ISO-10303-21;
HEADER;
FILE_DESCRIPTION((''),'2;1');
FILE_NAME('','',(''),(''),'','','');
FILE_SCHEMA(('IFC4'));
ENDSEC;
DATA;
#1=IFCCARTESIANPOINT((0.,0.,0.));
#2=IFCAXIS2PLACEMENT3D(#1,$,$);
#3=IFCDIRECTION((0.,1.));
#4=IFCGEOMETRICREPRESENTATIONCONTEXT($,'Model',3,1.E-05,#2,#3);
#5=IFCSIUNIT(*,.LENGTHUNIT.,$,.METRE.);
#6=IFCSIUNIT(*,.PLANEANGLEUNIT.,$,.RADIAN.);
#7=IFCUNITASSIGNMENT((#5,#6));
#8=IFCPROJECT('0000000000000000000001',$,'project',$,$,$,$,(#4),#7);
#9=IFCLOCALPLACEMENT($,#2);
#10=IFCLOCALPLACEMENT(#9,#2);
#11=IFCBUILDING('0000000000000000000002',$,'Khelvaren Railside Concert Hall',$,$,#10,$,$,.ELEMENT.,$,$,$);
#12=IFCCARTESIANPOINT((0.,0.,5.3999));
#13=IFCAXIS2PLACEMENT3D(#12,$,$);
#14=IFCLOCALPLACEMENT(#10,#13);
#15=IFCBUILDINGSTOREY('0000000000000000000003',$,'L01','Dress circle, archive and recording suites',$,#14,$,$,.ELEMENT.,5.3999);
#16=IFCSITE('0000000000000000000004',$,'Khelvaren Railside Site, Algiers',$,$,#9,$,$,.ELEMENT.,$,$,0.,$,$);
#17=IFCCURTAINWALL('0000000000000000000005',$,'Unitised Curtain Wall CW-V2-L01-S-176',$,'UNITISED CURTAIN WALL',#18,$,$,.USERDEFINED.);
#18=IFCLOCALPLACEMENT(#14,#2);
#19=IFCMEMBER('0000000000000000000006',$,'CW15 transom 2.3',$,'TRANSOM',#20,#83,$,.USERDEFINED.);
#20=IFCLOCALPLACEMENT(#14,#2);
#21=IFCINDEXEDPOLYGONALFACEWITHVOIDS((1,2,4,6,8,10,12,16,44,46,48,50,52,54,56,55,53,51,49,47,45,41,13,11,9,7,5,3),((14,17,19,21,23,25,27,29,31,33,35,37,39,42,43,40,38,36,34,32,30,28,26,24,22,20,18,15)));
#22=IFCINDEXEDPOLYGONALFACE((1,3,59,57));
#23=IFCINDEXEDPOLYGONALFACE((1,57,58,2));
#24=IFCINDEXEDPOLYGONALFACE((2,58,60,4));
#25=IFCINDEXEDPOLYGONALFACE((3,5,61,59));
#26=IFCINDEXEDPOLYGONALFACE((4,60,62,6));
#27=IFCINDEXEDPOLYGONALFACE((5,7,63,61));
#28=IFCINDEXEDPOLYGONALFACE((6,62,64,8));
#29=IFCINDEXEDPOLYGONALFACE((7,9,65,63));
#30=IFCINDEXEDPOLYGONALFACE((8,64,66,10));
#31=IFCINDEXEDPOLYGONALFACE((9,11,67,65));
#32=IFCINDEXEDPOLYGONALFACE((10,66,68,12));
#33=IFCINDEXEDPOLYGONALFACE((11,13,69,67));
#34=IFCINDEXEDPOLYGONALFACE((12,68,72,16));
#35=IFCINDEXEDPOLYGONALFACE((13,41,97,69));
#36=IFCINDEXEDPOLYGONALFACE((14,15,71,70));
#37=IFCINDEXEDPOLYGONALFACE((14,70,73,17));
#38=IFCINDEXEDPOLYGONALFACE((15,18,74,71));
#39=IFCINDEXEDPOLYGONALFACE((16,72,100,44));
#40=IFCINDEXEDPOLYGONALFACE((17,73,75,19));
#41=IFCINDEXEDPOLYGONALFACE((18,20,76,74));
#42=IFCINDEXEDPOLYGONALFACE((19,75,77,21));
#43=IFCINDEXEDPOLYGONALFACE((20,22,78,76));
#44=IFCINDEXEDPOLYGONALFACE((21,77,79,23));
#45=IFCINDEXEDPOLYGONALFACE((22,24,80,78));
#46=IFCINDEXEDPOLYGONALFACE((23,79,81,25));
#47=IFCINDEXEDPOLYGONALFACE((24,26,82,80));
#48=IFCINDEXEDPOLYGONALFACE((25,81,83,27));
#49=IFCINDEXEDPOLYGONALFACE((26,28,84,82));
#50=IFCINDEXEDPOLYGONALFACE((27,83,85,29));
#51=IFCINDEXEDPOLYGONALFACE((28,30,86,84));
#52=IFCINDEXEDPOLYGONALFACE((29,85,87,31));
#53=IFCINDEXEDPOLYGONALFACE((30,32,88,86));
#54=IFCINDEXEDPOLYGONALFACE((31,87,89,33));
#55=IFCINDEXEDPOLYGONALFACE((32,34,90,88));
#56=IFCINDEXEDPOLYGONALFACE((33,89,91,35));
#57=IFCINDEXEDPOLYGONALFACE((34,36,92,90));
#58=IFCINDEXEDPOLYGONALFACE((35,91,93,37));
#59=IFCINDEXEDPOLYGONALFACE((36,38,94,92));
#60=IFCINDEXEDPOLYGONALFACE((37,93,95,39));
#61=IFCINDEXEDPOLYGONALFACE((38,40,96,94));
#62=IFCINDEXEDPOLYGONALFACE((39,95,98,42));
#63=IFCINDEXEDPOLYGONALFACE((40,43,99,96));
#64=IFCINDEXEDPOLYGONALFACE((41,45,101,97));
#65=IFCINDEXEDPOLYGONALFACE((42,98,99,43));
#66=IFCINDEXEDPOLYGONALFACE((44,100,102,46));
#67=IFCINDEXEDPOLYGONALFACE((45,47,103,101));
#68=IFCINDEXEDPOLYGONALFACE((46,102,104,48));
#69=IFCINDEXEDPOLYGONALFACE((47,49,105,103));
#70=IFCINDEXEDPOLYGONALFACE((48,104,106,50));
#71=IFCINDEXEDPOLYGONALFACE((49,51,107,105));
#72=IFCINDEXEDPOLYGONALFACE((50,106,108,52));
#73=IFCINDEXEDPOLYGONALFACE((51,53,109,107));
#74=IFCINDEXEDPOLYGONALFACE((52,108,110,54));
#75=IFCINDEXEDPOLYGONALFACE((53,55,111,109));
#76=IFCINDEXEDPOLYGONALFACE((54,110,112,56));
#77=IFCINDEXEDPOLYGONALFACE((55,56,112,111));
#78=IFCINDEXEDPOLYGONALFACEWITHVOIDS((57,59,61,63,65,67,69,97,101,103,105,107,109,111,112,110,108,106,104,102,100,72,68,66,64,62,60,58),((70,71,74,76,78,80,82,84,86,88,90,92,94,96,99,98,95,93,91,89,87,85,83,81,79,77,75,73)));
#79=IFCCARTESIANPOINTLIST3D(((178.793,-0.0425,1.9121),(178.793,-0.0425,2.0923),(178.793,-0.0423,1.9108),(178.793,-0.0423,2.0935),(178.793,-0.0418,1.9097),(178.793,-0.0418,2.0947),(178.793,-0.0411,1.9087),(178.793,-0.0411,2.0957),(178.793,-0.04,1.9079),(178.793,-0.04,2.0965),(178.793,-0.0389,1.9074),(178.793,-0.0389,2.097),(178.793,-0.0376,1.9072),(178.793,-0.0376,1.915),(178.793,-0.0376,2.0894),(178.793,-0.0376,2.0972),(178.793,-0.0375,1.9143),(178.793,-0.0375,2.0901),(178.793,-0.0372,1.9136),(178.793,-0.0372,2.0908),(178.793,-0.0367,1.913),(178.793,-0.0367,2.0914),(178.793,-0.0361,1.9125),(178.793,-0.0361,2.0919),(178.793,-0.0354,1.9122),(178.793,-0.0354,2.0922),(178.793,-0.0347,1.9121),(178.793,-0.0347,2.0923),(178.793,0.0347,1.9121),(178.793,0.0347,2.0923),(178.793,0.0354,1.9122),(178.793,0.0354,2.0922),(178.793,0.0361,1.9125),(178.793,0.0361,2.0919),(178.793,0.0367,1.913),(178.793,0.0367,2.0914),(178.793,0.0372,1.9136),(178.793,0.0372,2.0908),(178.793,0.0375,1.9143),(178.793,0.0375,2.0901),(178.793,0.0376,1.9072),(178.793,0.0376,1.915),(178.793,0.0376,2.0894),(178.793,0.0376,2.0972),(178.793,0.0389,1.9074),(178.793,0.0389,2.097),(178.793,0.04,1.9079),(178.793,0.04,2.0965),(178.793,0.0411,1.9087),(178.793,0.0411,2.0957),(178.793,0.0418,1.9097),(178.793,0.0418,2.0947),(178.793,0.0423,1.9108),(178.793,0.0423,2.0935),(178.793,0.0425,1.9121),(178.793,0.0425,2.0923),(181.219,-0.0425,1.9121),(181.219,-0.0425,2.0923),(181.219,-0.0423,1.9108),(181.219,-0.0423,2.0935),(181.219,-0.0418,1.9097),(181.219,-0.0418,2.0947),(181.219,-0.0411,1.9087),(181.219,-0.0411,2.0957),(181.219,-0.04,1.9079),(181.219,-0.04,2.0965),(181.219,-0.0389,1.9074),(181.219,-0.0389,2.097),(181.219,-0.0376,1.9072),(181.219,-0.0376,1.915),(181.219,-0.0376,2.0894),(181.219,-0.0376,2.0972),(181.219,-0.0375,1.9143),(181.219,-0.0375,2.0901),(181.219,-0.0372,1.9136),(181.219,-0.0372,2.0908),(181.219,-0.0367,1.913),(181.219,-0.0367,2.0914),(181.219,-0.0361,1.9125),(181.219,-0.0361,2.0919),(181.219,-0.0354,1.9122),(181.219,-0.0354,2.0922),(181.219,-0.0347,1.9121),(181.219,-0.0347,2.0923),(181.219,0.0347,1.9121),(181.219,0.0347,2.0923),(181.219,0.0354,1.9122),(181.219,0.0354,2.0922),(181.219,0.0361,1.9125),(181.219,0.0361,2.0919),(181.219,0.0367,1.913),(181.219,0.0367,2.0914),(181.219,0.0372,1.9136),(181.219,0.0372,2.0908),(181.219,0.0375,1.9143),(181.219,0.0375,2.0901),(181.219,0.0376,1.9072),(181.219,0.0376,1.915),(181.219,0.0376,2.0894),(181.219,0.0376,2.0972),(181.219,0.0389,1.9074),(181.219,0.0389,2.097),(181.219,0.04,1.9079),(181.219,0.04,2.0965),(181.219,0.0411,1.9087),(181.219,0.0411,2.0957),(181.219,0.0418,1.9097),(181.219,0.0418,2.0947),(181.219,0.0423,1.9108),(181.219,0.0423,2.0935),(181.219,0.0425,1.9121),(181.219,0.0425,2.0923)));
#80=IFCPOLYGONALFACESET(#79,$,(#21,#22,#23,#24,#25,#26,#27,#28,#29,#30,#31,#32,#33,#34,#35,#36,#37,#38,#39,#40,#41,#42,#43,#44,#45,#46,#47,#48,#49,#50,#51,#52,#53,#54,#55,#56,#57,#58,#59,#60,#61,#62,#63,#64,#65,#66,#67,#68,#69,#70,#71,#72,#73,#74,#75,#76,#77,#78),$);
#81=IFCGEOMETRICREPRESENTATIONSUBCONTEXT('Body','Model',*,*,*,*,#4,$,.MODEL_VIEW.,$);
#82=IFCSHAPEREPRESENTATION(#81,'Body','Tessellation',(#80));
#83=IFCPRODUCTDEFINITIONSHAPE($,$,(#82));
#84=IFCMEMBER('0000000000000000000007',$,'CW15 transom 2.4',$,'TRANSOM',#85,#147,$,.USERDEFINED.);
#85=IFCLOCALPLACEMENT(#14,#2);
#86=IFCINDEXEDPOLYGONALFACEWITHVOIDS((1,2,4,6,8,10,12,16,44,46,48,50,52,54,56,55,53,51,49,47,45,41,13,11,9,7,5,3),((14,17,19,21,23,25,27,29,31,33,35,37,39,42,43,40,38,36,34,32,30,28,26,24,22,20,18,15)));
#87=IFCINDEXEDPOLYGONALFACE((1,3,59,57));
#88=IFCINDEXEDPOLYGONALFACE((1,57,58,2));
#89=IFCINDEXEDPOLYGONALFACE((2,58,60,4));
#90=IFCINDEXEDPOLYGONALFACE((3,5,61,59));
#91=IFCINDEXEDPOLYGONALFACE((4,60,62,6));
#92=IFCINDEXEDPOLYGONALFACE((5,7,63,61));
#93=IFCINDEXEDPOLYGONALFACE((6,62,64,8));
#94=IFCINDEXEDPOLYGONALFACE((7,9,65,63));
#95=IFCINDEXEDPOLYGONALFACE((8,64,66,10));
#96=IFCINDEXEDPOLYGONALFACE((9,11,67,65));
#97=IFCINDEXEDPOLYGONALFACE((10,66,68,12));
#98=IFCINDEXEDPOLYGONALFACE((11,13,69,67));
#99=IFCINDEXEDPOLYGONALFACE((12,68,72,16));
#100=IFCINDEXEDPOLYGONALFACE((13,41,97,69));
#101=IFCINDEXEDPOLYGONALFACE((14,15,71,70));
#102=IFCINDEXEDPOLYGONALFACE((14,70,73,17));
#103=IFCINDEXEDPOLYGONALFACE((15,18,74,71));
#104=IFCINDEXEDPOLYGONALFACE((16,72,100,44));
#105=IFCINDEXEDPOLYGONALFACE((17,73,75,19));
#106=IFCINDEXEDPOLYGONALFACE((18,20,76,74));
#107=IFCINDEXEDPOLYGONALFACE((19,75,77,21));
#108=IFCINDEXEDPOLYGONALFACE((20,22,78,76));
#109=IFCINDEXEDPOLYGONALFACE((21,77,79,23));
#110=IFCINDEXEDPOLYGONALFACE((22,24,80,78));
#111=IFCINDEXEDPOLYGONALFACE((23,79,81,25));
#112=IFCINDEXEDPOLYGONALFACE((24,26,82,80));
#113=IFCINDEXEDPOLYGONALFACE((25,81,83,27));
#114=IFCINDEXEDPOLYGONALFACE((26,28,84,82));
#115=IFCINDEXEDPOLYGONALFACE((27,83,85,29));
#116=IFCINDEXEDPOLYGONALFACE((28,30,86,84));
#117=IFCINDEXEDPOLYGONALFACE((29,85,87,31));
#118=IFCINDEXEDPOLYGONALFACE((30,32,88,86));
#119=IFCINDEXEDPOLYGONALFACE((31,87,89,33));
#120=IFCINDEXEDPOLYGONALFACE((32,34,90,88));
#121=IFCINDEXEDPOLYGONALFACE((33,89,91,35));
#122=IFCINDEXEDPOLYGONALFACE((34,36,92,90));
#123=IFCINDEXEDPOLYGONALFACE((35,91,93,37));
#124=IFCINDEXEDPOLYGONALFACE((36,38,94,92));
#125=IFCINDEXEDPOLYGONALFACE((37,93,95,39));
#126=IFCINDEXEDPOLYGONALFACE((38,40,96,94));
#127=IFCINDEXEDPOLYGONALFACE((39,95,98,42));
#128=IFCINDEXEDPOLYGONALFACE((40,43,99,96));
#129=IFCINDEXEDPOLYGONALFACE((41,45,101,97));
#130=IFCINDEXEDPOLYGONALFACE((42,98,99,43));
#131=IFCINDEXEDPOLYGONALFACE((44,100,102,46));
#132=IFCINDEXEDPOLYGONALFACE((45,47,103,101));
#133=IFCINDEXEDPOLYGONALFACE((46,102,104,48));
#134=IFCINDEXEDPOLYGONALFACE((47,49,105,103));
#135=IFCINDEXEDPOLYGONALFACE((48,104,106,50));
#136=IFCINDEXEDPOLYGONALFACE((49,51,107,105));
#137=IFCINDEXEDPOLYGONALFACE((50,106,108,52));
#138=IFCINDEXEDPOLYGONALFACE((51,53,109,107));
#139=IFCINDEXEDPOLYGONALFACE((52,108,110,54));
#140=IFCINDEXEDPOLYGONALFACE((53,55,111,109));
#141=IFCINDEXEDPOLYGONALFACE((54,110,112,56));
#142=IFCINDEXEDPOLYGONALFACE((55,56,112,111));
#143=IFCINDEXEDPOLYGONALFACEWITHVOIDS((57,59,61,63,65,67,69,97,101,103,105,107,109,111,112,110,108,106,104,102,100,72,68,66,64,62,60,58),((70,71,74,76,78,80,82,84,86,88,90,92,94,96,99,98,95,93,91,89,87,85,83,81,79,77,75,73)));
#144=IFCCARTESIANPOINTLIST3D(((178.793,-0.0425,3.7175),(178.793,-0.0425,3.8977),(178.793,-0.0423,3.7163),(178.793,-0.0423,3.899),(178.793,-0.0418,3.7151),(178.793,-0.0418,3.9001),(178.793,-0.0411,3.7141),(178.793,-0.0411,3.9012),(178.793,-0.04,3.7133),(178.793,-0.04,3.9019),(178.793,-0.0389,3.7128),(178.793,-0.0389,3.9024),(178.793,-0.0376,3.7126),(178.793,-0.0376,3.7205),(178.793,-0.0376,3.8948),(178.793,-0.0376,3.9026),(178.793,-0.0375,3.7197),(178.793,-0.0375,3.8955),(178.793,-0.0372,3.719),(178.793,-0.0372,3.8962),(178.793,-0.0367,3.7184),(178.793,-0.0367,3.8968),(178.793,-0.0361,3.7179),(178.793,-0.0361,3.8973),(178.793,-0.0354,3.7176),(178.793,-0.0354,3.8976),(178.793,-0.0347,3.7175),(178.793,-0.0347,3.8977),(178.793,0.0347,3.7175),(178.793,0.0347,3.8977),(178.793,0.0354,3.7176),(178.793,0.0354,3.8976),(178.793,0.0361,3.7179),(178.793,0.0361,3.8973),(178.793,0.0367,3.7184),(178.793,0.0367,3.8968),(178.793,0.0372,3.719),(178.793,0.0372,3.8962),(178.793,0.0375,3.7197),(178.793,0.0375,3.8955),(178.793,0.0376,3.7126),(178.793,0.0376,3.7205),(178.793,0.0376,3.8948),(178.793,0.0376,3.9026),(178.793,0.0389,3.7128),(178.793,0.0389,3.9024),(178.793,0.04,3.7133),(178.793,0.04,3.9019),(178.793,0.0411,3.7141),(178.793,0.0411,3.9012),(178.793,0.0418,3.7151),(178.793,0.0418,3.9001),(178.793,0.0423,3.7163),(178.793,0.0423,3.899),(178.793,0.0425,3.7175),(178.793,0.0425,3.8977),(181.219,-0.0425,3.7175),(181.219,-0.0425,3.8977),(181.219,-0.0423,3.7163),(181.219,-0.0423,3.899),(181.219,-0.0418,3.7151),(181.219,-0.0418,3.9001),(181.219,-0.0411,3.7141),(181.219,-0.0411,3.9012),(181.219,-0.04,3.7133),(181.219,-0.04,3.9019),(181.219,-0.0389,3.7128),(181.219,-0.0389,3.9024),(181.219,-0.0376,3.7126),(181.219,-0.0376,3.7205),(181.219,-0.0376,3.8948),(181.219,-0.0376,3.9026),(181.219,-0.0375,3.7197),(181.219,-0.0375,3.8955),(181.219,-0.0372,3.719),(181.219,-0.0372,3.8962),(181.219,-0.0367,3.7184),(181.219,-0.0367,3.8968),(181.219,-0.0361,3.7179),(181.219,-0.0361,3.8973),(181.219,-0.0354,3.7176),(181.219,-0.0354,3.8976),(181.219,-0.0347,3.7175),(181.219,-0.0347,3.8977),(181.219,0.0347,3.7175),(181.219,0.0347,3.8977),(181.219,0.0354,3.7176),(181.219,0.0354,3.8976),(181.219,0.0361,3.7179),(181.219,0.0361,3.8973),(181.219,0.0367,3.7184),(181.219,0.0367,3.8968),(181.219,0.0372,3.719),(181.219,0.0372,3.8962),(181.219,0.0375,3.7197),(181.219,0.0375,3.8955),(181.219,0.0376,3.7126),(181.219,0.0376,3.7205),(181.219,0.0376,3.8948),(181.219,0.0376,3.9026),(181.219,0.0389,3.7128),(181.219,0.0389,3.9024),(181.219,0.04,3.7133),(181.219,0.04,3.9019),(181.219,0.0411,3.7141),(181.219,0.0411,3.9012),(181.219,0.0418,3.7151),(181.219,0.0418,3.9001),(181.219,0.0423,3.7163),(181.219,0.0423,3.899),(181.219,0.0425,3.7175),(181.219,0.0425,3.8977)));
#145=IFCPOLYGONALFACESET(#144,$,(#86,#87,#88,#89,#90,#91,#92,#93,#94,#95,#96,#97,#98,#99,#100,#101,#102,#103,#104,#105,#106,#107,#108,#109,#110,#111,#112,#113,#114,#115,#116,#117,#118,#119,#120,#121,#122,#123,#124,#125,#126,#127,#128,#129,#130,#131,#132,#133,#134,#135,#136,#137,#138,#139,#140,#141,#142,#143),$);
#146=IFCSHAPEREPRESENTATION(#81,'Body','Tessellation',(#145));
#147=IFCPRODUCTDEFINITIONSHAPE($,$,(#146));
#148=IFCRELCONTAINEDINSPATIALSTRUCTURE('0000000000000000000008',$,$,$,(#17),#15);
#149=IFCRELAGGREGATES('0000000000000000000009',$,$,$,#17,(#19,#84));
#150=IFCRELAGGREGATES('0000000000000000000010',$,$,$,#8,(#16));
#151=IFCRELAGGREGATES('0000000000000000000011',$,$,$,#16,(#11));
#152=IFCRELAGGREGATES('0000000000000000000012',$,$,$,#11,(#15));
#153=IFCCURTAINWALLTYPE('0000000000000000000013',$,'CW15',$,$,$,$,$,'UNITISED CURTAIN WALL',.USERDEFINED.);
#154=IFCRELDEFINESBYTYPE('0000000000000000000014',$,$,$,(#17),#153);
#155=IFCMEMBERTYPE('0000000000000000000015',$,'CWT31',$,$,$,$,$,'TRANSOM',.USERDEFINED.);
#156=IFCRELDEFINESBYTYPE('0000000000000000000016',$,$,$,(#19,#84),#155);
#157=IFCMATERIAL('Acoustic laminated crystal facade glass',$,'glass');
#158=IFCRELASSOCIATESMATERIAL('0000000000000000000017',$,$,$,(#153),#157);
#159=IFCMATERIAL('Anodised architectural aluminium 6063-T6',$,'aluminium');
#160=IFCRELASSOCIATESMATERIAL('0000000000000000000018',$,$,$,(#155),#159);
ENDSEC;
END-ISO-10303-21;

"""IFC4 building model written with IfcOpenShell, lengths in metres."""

from ifc_helpers import new_model, si_unit, direction, frame, origin, origin_2d, place, context, subcontext, project, spatial, hollow_rectangle, extrude, material, material_profile, profile_set, type_object, element, aggregate, save


model = new_model("IFC4")

# Units and contexts
model_context = context("Model", 3, precision=1e-05, world=origin(), true_north=direction((0.0, 1.0)))
body_context = subcontext(model_context, "Body", "Model", "MODEL_VIEW")
ifc_project = project(units=[si_unit("LENGTHUNIT", "METRE"), si_unit("PLANEANGLEUNIT", "RADIAN")], contexts=[model_context])

# Site, building, storey
site_placement = place(None, origin())
site = spatial("IfcSite", under=ifc_project, at=site_placement, Name="Khelvaren Railside Site, Algiers", CompositionType="ELEMENT", RefElevation=0.0)
building_placement = place(site_placement, origin())
building = spatial("IfcBuilding", under=site, at=building_placement, Name="Khelvaren Railside Concert Hall", CompositionType="ELEMENT")
storey_placement = place(building_placement, frame((0.0, 0.0, 5.3999)))
storey = spatial("IfcBuildingStorey", under=building, at=storey_placement, Name="L01", Description="Dress circle, archive and recording suites", CompositionType="ELEMENT", Elevation=5.3999)

# Curtain wall, members
ifc_material_1 = material(Name="Acoustic laminated crystal facade glass", Category="glass")
curtain_wall_type = type_object("IfcCurtainWallType", Name="CW15", ElementType="UNITISED CURTAIN WALL", PredefinedType="USERDEFINED", material=ifc_material_1)
curtain_wall_placement = place(storey_placement, origin())
curtain_wall = element("IfcCurtainWall", 1, at=curtain_wall_placement, inside=storey, type_object=curtain_wall_type, Name="Unitised Curtain Wall CW-V2-L01-S-176", ObjectType="UNITISED CURTAIN WALL", PredefinedType="USERDEFINED")
ifc_material_2 = material(Name="Anodised architectural aluminium 6063-T6", Category="aluminium")
ifc_material_profile_1 = material_profile(ifc_material_2, hollow_rectangle(XDim=0.085, YDim=0.1899, WallThickness=0.0049, InnerFilletRadius=0.0029, OuterFilletRadius=0.0049, at=origin_2d()), Name="CWT 85x190x5")
ifc_profile_set_1 = profile_set([ifc_material_profile_1], Name="Anodised architectural aluminium 6063-T6")
member_type_1 = type_object("IfcMemberType", Name="CWT31", ElementType="TRANSOM", PredefinedType="USERDEFINED", material=ifc_profile_set_1)
member_1_placement = place(storey_placement, frame((181.219, 0.0, 2.0022), z_axis=(-1.0, 0.0, 0.0), x_axis=(0.0, -1.0, 0.0)))
member_1 = element("IfcMember", 2, at=member_1_placement, type_object=member_type_1, Name="CW15 transom 2.3", ObjectType="TRANSOM", PredefinedType="USERDEFINED", context=body_context, shape_type="SweptSolid", body=[
    extrude(hollow_rectangle(XDim=0.085, YDim=0.1899, WallThickness=0.0049, InnerFilletRadius=0.0029, OuterFilletRadius=0.0049, at=origin_2d()), origin(), (0.0, 0.0, 1.0), 2.426),
])
member_2_placement = place(storey_placement, frame((181.219, 0.0, 3.8076), z_axis=(-1.0, 0.0, 0.0), x_axis=(0.0, -1.0, 0.0)))
member_2 = element("IfcMember", 3, at=member_2_placement, type_object=member_type_1, Name="CW15 transom 2.4", ObjectType="TRANSOM", PredefinedType="USERDEFINED", context=body_context, shape_type="SweptSolid", body=[
    extrude(hollow_rectangle(XDim=0.085, YDim=0.1899, WallThickness=0.0049, InnerFilletRadius=0.0029, OuterFilletRadius=0.0049, at=origin_2d()), origin(), (0.0, 0.0, 1.0), 2.426),
])

aggregate(curtain_wall, [member_1, member_2])

save(model, "model.ifc")
